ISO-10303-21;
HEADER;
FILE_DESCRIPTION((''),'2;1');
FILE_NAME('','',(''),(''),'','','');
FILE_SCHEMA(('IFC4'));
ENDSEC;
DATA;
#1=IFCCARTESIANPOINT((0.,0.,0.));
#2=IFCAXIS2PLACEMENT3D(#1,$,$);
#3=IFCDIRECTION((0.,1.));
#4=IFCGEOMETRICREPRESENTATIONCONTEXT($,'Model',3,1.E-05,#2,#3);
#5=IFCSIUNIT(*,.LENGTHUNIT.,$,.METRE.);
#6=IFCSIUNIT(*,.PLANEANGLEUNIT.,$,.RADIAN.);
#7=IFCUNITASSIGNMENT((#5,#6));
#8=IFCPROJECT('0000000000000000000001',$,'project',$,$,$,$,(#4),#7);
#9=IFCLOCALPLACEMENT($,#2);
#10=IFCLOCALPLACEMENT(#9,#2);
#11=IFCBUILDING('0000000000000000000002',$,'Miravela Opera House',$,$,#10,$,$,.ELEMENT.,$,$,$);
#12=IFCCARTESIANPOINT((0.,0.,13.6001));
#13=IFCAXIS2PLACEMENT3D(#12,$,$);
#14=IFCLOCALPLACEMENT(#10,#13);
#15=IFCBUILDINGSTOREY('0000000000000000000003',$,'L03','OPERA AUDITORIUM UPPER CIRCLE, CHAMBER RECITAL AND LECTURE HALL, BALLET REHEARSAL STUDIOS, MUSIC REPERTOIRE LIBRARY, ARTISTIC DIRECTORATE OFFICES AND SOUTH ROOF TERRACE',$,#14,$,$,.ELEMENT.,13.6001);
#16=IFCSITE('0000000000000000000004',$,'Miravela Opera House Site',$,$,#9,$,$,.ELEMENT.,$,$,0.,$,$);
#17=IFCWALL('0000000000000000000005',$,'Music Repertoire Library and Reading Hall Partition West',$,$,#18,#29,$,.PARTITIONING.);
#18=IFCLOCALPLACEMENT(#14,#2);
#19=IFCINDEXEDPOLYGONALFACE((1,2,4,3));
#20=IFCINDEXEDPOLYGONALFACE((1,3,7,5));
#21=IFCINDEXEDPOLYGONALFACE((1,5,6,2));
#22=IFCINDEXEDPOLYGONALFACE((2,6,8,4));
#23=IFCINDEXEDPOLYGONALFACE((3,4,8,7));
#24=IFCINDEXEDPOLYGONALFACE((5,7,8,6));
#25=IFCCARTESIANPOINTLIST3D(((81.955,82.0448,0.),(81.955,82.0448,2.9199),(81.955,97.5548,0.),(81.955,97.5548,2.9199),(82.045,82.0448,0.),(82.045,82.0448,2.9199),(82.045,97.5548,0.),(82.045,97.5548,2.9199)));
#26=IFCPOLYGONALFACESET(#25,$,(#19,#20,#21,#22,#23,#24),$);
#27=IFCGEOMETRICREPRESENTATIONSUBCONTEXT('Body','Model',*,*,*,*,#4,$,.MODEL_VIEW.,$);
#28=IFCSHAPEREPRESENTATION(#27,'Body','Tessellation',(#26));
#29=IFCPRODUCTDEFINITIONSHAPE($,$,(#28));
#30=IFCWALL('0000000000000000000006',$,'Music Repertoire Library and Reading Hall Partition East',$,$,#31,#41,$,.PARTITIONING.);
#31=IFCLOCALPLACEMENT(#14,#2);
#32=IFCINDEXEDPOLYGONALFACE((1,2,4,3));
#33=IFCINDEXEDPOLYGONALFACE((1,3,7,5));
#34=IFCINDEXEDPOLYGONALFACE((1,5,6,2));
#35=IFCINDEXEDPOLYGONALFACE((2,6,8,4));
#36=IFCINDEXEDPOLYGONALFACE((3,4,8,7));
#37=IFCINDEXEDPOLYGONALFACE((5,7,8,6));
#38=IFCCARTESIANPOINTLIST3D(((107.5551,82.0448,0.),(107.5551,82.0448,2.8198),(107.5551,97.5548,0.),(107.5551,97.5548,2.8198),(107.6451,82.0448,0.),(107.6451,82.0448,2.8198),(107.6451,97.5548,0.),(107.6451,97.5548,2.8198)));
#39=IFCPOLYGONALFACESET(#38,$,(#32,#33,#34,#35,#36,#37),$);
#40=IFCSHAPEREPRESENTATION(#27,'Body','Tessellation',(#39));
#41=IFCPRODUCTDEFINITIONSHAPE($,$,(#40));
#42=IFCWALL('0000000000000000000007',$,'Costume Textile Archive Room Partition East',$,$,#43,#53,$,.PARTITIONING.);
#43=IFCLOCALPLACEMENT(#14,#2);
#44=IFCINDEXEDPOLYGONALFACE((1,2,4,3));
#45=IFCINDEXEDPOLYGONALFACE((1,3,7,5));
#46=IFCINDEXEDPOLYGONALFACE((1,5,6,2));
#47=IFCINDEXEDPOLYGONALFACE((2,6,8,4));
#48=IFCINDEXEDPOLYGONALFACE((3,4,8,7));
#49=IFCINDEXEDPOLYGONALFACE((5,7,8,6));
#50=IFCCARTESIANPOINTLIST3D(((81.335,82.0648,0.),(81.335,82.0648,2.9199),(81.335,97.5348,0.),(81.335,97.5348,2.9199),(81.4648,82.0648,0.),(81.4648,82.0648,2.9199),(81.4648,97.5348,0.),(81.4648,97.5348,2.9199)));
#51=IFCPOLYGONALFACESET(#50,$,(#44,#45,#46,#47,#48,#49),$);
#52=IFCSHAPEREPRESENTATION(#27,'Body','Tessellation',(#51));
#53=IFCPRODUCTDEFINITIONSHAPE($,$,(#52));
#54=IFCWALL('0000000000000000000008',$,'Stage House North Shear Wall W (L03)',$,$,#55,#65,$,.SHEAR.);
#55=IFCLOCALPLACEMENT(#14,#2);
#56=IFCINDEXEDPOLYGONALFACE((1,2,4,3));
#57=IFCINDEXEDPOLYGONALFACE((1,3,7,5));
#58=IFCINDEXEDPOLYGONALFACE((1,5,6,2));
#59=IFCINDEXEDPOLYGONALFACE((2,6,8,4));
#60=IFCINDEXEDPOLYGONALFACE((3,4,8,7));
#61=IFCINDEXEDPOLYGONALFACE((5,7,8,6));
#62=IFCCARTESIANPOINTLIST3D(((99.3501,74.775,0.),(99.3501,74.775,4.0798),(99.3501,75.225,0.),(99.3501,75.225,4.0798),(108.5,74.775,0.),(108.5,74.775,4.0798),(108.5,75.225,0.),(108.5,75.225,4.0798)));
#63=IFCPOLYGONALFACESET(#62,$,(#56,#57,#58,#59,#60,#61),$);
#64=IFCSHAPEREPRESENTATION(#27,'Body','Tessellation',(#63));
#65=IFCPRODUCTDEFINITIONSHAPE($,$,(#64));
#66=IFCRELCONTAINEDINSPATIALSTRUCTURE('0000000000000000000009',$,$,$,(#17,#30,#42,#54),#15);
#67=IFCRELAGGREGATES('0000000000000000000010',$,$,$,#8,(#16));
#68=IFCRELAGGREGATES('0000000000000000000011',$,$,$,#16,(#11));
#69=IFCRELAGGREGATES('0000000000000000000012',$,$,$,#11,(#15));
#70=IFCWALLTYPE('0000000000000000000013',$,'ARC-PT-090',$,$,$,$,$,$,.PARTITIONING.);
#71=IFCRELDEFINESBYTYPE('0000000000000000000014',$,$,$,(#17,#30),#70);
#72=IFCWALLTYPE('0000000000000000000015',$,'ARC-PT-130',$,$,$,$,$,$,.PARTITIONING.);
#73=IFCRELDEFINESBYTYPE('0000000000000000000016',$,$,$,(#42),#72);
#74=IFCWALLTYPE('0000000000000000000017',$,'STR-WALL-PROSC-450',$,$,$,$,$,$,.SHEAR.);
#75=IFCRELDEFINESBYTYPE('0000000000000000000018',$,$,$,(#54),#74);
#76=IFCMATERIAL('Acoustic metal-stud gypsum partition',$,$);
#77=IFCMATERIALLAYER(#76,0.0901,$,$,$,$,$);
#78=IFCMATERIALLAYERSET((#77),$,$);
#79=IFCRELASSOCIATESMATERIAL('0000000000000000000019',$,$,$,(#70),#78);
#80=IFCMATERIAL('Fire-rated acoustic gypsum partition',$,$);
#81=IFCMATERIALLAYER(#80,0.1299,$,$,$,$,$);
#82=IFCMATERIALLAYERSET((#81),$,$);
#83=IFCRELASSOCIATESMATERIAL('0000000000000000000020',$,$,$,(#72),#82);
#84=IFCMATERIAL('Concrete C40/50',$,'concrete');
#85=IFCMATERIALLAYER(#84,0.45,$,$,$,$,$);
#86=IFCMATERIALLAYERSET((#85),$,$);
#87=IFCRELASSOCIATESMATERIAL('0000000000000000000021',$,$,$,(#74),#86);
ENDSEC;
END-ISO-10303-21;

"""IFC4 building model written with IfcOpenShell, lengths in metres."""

from ifc_helpers import new_model, si_unit, direction, frame, frame_2d, origin, place, context, subcontext, project, spatial, rectangle, extrude, material, layer, layer_set, type_object, element, save


model = new_model("IFC4")

# Units and contexts
model_context = context("Model", 3, precision=1e-05, world=origin(), true_north=direction((0.0, 1.0)))
body_context = subcontext(model_context, "Body", "Model", "MODEL_VIEW")
ifc_project = project(units=[si_unit("LENGTHUNIT", "METRE"), si_unit("PLANEANGLEUNIT", "RADIAN")], contexts=[model_context])

# Site, building, storey
site_placement = place(None, origin())
site = spatial("IfcSite", under=ifc_project, at=site_placement, Name="Miravela Opera House Site", CompositionType="ELEMENT", RefElevation=0.0)
building_placement = place(site_placement, origin())
building = spatial("IfcBuilding", under=site, at=building_placement, Name="Miravela Opera House", CompositionType="ELEMENT")
storey_placement = place(building_placement, frame((0.0, 0.0, 13.6001)))
storey = spatial("IfcBuildingStorey", under=building, at=storey_placement, Name="L03", Description="OPERA AUDITORIUM UPPER CIRCLE, CHAMBER RECITAL AND LECTURE HALL, BALLET REHEARSAL STUDIOS, MUSIC REPERTOIRE LIBRARY, ARTISTIC DIRECTORATE OFFICES AND SOUTH ROOF TERRACE", CompositionType="ELEMENT", Elevation=13.6001)

# Shared definitions
ifc_material_1 = material(Name="Concrete C40/50", Category="concrete")

# Shared definitions
ifc_material_2 = material(Name="Acoustic metal-stud gypsum partition")
ifc_layer_1 = layer(ifc_material_2, 0.0901)
ifc_layer_set_1 = layer_set([ifc_layer_1])
wall_type_1 = type_object("IfcWallType", Name="ARC-PT-090", PredefinedType="PARTITIONING", material=ifc_layer_set_1)

# Walls
wall_1_placement = place(storey_placement, frame((82.0, 82.0449, 0.0), z_axis=(0.0, 0.0, 1.0), x_axis=(0.0, 1.0, 0.0)))
element("IfcWall", 1, at=wall_1_placement, inside=storey, type_object=wall_type_1, Name="Music Repertoire Library and Reading Hall Partition West", PredefinedType="PARTITIONING", context=body_context, shape_type="SweptSolid", body=[
    extrude(rectangle(XDim=15.51, YDim=0.0901, at=frame_2d((7.7549, 0.0))), origin(), (0.0, 0.0, 1.0), 2.9199),
])
wall_2_placement = place(storey_placement, frame((107.6001, 82.0449, 0.0), z_axis=(0.0, 0.0, 1.0), x_axis=(0.0, 1.0, 0.0)))
element("IfcWall", 2, at=wall_2_placement, inside=storey, type_object=wall_type_1, Name="Music Repertoire Library and Reading Hall Partition East", PredefinedType="PARTITIONING", context=body_context, shape_type="SweptSolid", body=[
    extrude(rectangle(XDim=15.51, YDim=0.0901, at=frame_2d((7.7549, 0.0))), origin(), (0.0, 0.0, 1.0), 2.8198),
])
ifc_material_3 = material(Name="Fire-rated acoustic gypsum partition")
ifc_layer_2 = layer(ifc_material_3, 0.1299)
ifc_layer_set_2 = layer_set([ifc_layer_2])
wall_type_2 = type_object("IfcWallType", Name="ARC-PT-130", PredefinedType="PARTITIONING", material=ifc_layer_set_2)
wall_3_placement = place(storey_placement, frame((81.3999, 82.0649, 0.0), z_axis=(0.0, 0.0, 1.0), x_axis=(0.0, 1.0, 0.0)))
element("IfcWall", 3, at=wall_3_placement, inside=storey, type_object=wall_type_2, Name="Costume Textile Archive Room Partition East", PredefinedType="PARTITIONING", context=body_context, shape_type="SweptSolid", body=[
    extrude(rectangle(XDim=15.47, YDim=0.1299, at=frame_2d((7.7349, 0.0))), origin(), (0.0, 0.0, 1.0), 2.9199),
])
ifc_layer_3 = layer(ifc_material_1, 0.45)
ifc_layer_set_3 = layer_set([ifc_layer_3])
wall_type_3 = type_object("IfcWallType", Name="STR-WALL-PROSC-450", PredefinedType="SHEAR", material=ifc_layer_set_3)
wall_4_placement = place(storey_placement, frame((99.3501, 75.0, 0.0), z_axis=(0.0, 0.0, 1.0), x_axis=(1.0, 0.0, 0.0)))
element("IfcWall", 4, at=wall_4_placement, inside=storey, type_object=wall_type_3, Name="Stage House North Shear Wall W (L03)", PredefinedType="SHEAR", context=body_context, shape_type="SweptSolid", body=[
    extrude(rectangle(XDim=9.1499, YDim=0.45, at=frame_2d((4.575, 0.0))), origin(), (0.0, 0.0, 1.0), 4.0798),
])

save(model, "model.ifc")
